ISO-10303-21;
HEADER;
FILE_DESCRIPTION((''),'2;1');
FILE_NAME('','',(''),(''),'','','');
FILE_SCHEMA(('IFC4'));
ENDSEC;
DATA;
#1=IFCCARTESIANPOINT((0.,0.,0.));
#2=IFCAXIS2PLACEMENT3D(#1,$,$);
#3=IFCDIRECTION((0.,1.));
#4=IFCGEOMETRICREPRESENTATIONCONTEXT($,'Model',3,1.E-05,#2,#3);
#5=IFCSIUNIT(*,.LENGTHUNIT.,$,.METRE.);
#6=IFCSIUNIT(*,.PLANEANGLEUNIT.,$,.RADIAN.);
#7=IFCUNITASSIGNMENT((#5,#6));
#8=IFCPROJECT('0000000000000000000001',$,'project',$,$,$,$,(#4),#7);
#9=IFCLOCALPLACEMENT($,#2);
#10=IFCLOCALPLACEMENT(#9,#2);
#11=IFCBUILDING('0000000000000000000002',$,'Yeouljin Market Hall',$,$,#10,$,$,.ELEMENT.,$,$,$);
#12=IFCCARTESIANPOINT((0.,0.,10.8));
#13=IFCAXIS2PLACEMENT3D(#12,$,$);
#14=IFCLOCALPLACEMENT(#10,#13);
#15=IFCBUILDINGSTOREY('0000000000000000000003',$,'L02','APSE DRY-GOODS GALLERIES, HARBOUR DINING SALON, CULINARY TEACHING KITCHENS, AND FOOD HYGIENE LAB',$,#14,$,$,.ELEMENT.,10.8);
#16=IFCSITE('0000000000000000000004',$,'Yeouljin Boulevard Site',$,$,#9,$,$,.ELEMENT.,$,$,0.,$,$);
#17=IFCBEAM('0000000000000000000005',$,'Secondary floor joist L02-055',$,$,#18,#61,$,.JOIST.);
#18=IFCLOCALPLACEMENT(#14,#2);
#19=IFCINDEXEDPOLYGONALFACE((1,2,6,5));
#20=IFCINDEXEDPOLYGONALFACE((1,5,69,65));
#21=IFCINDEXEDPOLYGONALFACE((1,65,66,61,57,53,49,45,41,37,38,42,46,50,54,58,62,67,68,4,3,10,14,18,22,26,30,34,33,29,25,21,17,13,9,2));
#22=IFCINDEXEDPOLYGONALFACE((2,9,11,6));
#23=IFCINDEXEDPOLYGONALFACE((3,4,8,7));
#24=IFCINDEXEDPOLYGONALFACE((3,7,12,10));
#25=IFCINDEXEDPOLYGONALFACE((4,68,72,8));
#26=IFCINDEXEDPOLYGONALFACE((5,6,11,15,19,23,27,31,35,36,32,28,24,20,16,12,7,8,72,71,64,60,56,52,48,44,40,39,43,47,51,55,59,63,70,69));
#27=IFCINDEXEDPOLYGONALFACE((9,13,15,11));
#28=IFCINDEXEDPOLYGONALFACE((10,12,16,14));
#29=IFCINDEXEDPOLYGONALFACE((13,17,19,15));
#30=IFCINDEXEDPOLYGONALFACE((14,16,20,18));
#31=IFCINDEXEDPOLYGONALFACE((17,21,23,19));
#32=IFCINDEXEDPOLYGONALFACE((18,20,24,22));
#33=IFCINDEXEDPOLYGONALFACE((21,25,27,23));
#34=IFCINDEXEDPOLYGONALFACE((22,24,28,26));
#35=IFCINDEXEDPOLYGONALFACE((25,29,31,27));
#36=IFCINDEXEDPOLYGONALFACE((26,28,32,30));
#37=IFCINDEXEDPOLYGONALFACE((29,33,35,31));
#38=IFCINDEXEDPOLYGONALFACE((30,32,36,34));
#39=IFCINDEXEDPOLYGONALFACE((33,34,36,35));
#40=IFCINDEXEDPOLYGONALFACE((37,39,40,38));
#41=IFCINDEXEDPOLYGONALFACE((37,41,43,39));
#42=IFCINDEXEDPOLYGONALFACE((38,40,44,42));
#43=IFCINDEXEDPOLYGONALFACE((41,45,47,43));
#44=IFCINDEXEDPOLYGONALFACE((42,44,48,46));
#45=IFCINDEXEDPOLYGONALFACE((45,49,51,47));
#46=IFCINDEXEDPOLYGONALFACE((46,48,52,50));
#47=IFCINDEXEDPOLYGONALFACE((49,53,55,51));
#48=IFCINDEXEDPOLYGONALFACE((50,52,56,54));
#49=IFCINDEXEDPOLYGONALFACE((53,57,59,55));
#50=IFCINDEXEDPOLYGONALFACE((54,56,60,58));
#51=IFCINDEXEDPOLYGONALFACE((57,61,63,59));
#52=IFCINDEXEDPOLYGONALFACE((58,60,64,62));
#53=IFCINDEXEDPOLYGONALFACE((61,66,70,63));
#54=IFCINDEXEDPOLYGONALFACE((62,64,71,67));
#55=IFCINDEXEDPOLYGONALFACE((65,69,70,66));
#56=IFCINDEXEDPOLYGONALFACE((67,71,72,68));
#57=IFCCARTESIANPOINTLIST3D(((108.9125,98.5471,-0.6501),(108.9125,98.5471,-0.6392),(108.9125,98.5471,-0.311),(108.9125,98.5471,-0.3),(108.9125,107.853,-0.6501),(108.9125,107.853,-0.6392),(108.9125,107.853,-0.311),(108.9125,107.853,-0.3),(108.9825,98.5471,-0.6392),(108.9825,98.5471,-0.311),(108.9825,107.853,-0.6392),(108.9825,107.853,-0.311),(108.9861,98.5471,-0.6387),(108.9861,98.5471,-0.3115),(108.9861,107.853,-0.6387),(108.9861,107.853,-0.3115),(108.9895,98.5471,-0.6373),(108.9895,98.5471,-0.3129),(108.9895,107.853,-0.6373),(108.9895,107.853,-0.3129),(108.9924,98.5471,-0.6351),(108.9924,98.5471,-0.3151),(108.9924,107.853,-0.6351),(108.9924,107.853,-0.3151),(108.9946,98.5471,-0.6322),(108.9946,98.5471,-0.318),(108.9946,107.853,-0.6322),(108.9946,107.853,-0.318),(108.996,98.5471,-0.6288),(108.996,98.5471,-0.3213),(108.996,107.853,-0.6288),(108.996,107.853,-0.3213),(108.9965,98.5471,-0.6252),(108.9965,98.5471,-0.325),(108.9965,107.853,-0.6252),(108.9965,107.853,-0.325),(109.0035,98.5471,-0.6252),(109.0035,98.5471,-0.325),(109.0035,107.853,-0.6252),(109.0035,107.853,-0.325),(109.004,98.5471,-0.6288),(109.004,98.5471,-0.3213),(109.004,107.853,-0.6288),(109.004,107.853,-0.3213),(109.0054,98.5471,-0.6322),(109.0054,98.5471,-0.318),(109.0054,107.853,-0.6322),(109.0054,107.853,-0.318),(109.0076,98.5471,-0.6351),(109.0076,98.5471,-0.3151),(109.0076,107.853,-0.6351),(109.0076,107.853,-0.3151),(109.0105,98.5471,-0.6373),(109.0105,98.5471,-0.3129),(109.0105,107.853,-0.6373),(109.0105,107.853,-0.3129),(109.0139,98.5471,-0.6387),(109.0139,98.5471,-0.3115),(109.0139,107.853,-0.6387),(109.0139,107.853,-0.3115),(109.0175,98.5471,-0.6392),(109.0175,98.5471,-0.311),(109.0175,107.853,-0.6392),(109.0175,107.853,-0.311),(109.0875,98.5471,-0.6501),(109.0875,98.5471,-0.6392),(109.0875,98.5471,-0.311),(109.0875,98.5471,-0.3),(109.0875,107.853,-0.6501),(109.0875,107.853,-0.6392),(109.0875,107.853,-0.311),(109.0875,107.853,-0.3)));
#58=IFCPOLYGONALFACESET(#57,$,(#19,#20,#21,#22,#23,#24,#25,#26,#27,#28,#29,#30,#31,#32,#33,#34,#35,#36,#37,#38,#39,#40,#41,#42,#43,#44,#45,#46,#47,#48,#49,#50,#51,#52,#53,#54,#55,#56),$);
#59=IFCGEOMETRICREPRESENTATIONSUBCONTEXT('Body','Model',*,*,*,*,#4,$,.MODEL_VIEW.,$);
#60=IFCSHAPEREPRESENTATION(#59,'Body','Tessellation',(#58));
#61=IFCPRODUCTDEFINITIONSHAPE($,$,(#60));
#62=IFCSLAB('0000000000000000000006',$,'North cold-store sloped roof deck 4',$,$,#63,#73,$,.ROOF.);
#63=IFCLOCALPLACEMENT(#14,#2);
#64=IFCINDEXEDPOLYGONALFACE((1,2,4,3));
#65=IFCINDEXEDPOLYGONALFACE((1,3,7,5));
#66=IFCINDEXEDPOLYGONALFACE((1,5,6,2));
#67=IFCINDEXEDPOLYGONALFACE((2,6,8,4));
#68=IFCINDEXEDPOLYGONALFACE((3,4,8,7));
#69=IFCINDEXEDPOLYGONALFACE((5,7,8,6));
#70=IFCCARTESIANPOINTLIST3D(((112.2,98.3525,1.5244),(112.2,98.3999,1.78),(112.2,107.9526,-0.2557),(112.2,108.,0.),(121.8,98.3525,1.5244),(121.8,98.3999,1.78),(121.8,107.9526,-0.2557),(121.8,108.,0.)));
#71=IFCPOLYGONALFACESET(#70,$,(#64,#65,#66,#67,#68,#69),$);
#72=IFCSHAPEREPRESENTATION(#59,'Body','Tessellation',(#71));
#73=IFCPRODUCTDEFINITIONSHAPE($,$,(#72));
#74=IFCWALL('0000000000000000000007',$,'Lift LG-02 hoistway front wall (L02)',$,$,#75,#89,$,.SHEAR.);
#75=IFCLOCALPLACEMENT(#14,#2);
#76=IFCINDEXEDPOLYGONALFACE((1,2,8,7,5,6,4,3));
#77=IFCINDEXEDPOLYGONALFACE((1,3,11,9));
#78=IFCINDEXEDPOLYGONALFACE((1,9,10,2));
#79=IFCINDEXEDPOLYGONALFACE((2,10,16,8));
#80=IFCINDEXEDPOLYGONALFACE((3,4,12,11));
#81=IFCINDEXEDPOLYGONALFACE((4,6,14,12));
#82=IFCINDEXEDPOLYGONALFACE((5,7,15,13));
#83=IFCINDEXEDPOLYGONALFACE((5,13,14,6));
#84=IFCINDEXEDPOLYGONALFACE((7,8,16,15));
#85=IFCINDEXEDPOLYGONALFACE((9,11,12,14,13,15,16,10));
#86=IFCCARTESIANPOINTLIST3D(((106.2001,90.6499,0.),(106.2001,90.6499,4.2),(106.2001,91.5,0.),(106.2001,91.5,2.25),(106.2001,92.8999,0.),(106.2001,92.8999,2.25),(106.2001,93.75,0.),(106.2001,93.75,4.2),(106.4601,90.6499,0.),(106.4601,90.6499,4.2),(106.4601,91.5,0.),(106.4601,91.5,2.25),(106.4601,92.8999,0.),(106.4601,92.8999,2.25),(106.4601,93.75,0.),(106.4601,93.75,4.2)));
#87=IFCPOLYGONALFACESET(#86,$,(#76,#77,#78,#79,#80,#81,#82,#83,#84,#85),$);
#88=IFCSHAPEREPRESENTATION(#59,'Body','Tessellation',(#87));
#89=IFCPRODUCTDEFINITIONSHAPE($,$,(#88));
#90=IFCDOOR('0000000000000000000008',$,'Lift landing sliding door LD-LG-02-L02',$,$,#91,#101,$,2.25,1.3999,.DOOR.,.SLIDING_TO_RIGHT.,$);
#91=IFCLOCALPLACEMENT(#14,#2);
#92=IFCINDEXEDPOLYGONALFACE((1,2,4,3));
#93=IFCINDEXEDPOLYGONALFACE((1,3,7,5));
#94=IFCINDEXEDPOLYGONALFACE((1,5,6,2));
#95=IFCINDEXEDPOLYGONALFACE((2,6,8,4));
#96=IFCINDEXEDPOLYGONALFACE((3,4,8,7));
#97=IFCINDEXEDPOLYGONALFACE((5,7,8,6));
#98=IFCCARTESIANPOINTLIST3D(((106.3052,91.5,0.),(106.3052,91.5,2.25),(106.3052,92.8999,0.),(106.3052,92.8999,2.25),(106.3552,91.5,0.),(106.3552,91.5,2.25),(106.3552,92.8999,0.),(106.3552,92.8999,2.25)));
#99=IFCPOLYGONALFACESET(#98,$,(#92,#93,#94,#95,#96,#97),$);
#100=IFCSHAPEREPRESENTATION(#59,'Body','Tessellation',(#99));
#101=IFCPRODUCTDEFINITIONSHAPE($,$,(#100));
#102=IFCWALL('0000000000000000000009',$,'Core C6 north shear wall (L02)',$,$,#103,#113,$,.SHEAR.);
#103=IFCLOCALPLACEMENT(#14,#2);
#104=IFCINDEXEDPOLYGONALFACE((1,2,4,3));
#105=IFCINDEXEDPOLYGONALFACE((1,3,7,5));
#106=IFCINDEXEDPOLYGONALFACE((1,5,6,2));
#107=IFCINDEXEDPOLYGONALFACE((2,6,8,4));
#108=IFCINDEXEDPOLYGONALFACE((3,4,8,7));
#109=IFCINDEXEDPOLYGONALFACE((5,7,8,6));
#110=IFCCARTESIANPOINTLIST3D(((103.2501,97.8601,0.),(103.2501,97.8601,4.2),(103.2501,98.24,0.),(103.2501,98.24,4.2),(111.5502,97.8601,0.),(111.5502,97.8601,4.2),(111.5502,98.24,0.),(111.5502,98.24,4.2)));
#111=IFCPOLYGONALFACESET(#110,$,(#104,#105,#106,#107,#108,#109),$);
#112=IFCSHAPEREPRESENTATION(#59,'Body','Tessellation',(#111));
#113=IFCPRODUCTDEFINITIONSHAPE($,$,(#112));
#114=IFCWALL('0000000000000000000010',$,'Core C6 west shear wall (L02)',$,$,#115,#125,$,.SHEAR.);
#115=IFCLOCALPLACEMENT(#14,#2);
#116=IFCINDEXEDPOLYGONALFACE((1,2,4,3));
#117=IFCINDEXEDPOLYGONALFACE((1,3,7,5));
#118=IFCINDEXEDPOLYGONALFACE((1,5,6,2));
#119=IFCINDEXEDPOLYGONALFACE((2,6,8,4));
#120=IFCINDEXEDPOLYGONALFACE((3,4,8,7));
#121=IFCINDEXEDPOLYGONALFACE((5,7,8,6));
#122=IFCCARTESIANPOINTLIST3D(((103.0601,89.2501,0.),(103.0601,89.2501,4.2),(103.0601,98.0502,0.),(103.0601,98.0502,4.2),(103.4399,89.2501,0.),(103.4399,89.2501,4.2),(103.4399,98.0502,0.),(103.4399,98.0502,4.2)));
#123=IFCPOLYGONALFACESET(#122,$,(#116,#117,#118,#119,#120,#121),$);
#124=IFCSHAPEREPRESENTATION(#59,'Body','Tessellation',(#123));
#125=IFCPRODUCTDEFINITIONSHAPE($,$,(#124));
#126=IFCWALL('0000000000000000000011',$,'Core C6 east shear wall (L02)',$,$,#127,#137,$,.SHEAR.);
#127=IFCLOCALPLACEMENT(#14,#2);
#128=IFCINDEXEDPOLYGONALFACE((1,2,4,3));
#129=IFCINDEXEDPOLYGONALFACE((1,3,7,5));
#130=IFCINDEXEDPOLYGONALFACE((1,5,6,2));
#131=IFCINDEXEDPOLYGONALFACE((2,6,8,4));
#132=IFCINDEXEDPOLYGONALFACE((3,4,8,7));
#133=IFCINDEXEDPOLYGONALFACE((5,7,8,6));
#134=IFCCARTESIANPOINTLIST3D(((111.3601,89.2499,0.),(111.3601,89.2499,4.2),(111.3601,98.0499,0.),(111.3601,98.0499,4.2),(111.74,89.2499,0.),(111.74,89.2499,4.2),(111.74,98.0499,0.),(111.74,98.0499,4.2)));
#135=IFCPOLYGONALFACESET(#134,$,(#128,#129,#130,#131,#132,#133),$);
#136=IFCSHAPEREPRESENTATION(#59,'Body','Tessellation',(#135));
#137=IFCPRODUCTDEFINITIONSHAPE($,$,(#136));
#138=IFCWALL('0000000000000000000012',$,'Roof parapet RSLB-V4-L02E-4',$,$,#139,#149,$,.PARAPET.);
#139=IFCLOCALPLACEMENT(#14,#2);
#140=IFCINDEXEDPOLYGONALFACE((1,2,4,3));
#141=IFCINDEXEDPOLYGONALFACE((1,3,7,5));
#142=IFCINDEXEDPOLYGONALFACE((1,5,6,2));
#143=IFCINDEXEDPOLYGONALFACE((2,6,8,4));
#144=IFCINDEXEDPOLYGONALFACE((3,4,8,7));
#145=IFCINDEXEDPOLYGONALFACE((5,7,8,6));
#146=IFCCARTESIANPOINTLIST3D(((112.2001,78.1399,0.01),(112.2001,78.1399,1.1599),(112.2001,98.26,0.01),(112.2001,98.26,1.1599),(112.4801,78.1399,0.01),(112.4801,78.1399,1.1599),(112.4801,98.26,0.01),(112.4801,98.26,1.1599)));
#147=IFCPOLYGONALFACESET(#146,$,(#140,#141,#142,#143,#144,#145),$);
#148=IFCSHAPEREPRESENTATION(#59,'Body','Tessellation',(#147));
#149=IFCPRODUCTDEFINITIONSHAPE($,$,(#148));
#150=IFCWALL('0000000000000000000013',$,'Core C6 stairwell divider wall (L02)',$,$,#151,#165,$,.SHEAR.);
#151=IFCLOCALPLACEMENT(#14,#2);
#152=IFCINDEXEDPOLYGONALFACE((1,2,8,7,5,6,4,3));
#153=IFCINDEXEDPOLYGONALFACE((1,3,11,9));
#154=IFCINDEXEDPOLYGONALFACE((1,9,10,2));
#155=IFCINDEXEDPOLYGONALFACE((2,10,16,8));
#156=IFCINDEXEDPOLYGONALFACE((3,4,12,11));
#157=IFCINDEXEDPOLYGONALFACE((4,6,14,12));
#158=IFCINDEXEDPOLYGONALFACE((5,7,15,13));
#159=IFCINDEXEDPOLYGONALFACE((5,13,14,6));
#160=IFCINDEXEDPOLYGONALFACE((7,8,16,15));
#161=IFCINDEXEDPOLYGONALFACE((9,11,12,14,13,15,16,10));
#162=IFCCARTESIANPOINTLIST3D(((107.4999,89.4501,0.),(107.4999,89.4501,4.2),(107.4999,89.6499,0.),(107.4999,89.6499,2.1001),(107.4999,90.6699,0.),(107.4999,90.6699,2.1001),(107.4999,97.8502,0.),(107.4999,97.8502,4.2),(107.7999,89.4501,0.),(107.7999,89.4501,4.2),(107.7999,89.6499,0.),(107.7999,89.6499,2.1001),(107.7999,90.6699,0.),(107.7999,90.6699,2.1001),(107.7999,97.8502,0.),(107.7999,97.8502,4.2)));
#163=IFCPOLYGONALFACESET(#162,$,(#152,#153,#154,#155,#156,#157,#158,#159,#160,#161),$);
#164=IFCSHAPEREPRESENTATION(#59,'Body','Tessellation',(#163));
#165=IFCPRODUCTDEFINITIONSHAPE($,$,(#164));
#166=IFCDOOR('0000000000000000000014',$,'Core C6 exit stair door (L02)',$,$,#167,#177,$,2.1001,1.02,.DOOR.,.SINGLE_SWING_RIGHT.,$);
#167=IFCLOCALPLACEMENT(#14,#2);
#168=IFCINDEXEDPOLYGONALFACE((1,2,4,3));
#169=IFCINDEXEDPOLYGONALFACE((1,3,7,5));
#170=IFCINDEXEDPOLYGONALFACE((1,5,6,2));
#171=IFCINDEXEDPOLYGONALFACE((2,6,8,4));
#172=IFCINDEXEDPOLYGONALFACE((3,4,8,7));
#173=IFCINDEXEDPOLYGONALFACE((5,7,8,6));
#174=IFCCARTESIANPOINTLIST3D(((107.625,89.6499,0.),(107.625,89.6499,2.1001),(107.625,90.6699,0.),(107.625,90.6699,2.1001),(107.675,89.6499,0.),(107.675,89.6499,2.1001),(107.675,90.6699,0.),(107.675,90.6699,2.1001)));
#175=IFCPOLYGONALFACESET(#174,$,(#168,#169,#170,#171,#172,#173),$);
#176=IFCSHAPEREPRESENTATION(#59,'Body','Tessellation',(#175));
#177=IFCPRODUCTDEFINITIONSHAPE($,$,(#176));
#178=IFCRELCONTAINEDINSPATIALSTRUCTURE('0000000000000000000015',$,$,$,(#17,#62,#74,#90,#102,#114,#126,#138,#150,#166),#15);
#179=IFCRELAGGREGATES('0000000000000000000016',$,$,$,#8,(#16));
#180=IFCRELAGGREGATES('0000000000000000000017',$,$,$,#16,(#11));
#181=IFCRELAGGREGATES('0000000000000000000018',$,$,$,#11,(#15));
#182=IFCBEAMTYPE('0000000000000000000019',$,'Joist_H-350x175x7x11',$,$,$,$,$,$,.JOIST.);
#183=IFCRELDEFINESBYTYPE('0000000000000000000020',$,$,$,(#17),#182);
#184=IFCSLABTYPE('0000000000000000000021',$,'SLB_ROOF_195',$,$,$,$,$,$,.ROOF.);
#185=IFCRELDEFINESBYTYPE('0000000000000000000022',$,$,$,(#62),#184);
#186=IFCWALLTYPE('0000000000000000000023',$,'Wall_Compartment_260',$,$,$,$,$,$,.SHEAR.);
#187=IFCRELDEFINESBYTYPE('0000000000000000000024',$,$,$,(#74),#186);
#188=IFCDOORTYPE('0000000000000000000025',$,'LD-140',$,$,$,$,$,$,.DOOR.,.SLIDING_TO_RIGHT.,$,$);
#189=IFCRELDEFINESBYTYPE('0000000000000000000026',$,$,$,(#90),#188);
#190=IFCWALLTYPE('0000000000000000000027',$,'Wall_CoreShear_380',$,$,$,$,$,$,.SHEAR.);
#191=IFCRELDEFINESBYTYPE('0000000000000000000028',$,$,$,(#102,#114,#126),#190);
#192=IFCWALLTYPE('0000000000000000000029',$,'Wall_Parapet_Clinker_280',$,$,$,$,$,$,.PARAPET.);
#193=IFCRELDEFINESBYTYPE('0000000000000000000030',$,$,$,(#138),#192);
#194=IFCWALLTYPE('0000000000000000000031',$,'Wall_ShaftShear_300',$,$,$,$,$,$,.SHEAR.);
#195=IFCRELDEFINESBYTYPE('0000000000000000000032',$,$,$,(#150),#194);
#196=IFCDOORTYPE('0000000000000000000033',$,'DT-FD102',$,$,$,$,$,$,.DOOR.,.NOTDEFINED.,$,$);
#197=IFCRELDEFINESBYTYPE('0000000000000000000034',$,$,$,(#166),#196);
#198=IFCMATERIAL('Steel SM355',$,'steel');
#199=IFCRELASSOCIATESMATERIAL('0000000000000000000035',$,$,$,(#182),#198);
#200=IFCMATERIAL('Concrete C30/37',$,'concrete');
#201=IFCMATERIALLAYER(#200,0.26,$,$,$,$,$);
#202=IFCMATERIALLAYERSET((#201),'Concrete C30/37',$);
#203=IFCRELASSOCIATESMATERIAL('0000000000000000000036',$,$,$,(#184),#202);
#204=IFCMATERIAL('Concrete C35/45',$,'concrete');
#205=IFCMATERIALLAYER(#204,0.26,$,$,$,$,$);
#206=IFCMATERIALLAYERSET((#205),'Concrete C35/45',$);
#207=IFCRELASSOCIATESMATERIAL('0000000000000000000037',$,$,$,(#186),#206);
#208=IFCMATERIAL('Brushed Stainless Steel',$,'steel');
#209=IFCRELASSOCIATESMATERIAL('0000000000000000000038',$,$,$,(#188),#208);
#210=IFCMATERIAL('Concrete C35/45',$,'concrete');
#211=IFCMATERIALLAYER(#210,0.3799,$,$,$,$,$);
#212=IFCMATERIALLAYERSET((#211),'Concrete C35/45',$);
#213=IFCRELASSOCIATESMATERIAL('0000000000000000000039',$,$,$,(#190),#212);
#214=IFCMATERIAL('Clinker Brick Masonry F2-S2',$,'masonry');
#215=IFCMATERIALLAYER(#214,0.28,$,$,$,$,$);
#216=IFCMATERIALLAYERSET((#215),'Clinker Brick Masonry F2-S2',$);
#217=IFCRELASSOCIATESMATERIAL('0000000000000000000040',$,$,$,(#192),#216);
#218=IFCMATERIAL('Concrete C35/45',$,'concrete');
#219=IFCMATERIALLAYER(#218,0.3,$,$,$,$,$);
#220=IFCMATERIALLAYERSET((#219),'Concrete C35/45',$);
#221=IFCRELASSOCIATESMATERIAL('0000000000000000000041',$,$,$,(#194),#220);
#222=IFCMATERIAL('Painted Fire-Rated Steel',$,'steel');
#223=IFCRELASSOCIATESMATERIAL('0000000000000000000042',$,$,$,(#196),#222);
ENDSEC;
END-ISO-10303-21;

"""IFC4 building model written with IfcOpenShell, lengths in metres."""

from ifc_helpers import new_model, si_unit, direction, frame, frame_2d, origin, origin_2d, place, context, subcontext, project, spatial, polyline, rectangle, i_section, outline, extrude, material, layer, layer_set, material_profile, profile_set, type_object, element, fill, save


model = new_model("IFC4")

# Units and contexts
model_context = context("Model", 3, precision=1e-05, world=origin(), true_north=direction((0.0, 1.0)))
body_context = subcontext(model_context, "Body", "Model", "MODEL_VIEW")
ifc_project = project(units=[si_unit("LENGTHUNIT", "METRE"), si_unit("PLANEANGLEUNIT", "RADIAN")], contexts=[model_context])

# Site, building, storey
site_placement = place(None, origin())
site = spatial("IfcSite", under=ifc_project, at=site_placement, Name="Yeouljin Boulevard Site", CompositionType="ELEMENT", RefElevation=0.0)
building_placement = place(site_placement, origin())
building = spatial("IfcBuilding", under=site, at=building_placement, Name="Yeouljin Market Hall", CompositionType="ELEMENT")
storey_placement = place(building_placement, frame((0.0, 0.0, 10.8)))
storey = spatial("IfcBuildingStorey", under=building, at=storey_placement, Name="L02", Description="APSE DRY-GOODS GALLERIES, HARBOUR DINING SALON, CULINARY TEACHING KITCHENS, AND FOOD HYGIENE LAB", CompositionType="ELEMENT", Elevation=10.8)

# Beam
ifc_material_1 = material(Name="Steel SM355", Category="steel")
ifc_material_profile_1 = material_profile(ifc_material_1, i_section(OverallWidth=0.175, OverallDepth=0.3501, WebThickness=0.0071, FlangeThickness=0.011, FilletRadius=0.0139, at=origin_2d()), Name="H-350x175x7x11")
ifc_profile_set_1 = profile_set([ifc_material_profile_1], Name="Steel SM355")
beam_type_1 = type_object("IfcBeamType", Name="Joist_H-350x175x7x11", PredefinedType="JOIST", material=ifc_profile_set_1)
for number, where, z_axis, x_axis, name in (
    (1, (109.0, 98.5471, -0.4751), (0.0, 1.0, 0.0), (-1.0, 0.0, 0.0), "Secondary floor joist L02-055"),
):
    element("IfcBeam", number, at=place(storey_placement, frame(where, z_axis=z_axis, x_axis=x_axis)), inside=storey, type_object=beam_type_1, Name=name, PredefinedType="JOIST", context=body_context, shape_type="SweptSolid", body=[
        extrude(i_section(OverallWidth=0.175, OverallDepth=0.3501, WebThickness=0.0071, FlangeThickness=0.011, FilletRadius=0.0139, at=origin_2d()), origin(), (0.0, 0.0, 1.0), 9.3059),
    ])

# Slab
ifc_material_2 = material(Name="Concrete C30/37", Category="concrete")
ifc_layer_1 = layer(ifc_material_2, 0.26)
ifc_layer_set_1 = layer_set([ifc_layer_1], Name="Concrete C30/37")
slab_type = type_object("IfcSlabType", Name="SLB_ROOF_195", PredefinedType="ROOF", material=ifc_layer_set_1)
slab_placement = place(storey_placement, frame((112.2, 98.3999, 1.78), z_axis=(0.0, 0.18231, 0.983241), x_axis=(0.0, 0.983241, -0.18231)))
element("IfcSlab", 2, at=slab_placement, inside=storey, type_object=slab_type, Name="North cold-store sloped roof deck 4", PredefinedType="ROOF", context=body_context, shape_type="SweptSolid", body=[
    extrude(outline(polyline([(0.0, 0.0), (9.7637, 0.0), (9.7637, -9.6001), (0.0, -9.6001), (0.0, 0.0)])), origin(), (0.0, 0.0, -1.0), 0.26),
])

# Wall, opening, door
ifc_material_3 = material(Name="Concrete C35/45", Category="concrete")
ifc_layer_2 = layer(ifc_material_3, 0.26)
ifc_layer_set_2 = layer_set([ifc_layer_2], Name="Concrete C35/45")
wall_type_1 = type_object("IfcWallType", Name="Wall_Compartment_260", PredefinedType="SHEAR", material=ifc_layer_set_2)
wall_1_placement = place(storey_placement, frame((106.3301, 90.6499, 0.0), z_axis=(0.0, 0.0, 1.0), x_axis=(0.0, 1.0, 0.0)))
wall_1 = element("IfcWall", 3, at=wall_1_placement, inside=storey, type_object=wall_type_1, Name="Lift LG-02 hoistway front wall (L02)", PredefinedType="SHEAR", context=body_context, shape_type="SweptSolid", body=[
    extrude(rectangle(XDim=3.1001, YDim=0.26, at=frame_2d((1.55, 0.0))), origin(), (0.0, 0.0, 1.0), 4.2),
])
opening_1_placement = place(wall_1_placement, frame((0.8501, 0.0, 0.0)))
opening_1 = element("IfcOpeningElement", 4, at=opening_1_placement, cuts=wall_1, PredefinedType="OPENING", context=body_context, shape_type="SweptSolid", body=[
    extrude(rectangle(XDim=1.3999, YDim=2.25, at=frame_2d((0.7, 1.125))), frame((0.0, 0.1399, 0.0), z_axis=(0.0, -1.0, 0.0), x_axis=(1.0, 0.0, 0.0)), (0.0, 0.0, 1.0), 0.28),
])
ifc_material_4 = material(Name="Brushed Stainless Steel", Category="steel")
door_type_1 = type_object("IfcDoorType", Name="LD-140", OperationType="SLIDING_TO_RIGHT", PredefinedType="DOOR", material=ifc_material_4)
door_1_placement = place(opening_1_placement, origin())
door_1 = element("IfcDoor", 5, at=door_1_placement, inside=storey, type_object=door_type_1, Name="Lift landing sliding door LD-LG-02-L02", OperationType="SLIDING_TO_RIGHT", OverallHeight=2.25, OverallWidth=1.3999, PredefinedType="DOOR", context=body_context, shape_type="SweptSolid", body=[
    extrude(rectangle(XDim=1.3999, YDim=2.25, at=frame_2d((0.7, 1.125))), frame((0.0, 0.0249, 0.0), z_axis=(0.0, -1.0, 0.0), x_axis=(1.0, 0.0, 0.0)), (0.0, 0.0, 1.0), 0.05),
])
fill(opening_1, door_1)

# Walls
ifc_material_5 = material(Name="Concrete C35/45", Category="concrete")
ifc_layer_3 = layer(ifc_material_5, 0.3799)
ifc_layer_set_3 = layer_set([ifc_layer_3], Name="Concrete C35/45")
wall_type_2 = type_object("IfcWallType", Name="Wall_CoreShear_380", PredefinedType="SHEAR", material=ifc_layer_set_3)
wall_2_placement = place(storey_placement, frame((111.55, 98.05, 0.0), z_axis=(0.0, 0.0, 1.0), x_axis=(-1.0, 0.0, 0.0)))
element("IfcWall", 6, at=wall_2_placement, inside=storey, type_object=wall_type_2, Name="Core C6 north shear wall (L02)", PredefinedType="SHEAR", context=body_context, shape_type="SweptSolid", body=[
    extrude(rectangle(XDim=8.3, YDim=0.3799, at=frame_2d((4.1499, 0.0))), origin(), (0.0, 0.0, 1.0), 4.2),
])
for number, where, z_axis, x_axis, name in (
    (7, (103.25, 98.05, 0.0), (0.0, 0.0, 1.0), (0.0, -1.0, 0.0), "Core C6 west shear wall (L02)"),
    (8, (111.55, 89.25, 0.0), (0.0, 0.0, 1.0), (0.0, 1.0, 0.0), "Core C6 east shear wall (L02)"),
):
    element("IfcWall", number, at=place(storey_placement, frame(where, z_axis=z_axis, x_axis=x_axis)), inside=storey, type_object=wall_type_2, Name=name, PredefinedType="SHEAR", context=body_context, shape_type="SweptSolid", body=[
        extrude(rectangle(XDim=8.8, YDim=0.3799, at=frame_2d((4.3999, 0.0))), origin(), (0.0, 0.0, 1.0), 4.2),
    ])
ifc_material_6 = material(Name="Clinker Brick Masonry F2-S2", Category="masonry")
ifc_layer_4 = layer(ifc_material_6, 0.28)
ifc_layer_set_4 = layer_set([ifc_layer_4], Name="Clinker Brick Masonry F2-S2")
wall_type_3 = type_object("IfcWallType", Name="Wall_Parapet_Clinker_280", PredefinedType="PARAPET", material=ifc_layer_set_4)
wall_3_placement = place(storey_placement, frame((112.3401, 98.26, 0.01), z_axis=(0.0, 0.0, 1.0), x_axis=(0.0, -1.0, 0.0)))
element("IfcWall", 9, at=wall_3_placement, inside=storey, type_object=wall_type_3, Name="Roof parapet RSLB-V4-L02E-4", PredefinedType="PARAPET", context=body_context, shape_type="SweptSolid", body=[
    extrude(rectangle(XDim=20.1201, YDim=0.28, at=frame_2d((10.0601, 0.0))), origin(), (0.0, 0.0, 1.0), 1.1499),
])

# Wall, opening, door
ifc_material_7 = material(Name="Concrete C35/45", Category="concrete")
ifc_layer_5 = layer(ifc_material_7, 0.3)
ifc_layer_set_5 = layer_set([ifc_layer_5], Name="Concrete C35/45")
wall_type_4 = type_object("IfcWallType", Name="Wall_ShaftShear_300", PredefinedType="SHEAR", material=ifc_layer_set_5)
wall_4_placement = place(storey_placement, frame((107.6499, 89.45, 0.0), z_axis=(0.0, 0.0, 1.0), x_axis=(0.0, 1.0, 0.0)))
wall_4 = element("IfcWall", 10, at=wall_4_placement, inside=storey, type_object=wall_type_4, Name="Core C6 stairwell divider wall (L02)", PredefinedType="SHEAR", context=body_context, shape_type="SweptSolid", body=[
    extrude(rectangle(XDim=8.4001, YDim=0.3, at=frame_2d((4.2002, 0.0))), origin(), (0.0, 0.0, 1.0), 4.2),
])
opening_2_placement = place(wall_4_placement, frame((0.2, 0.0, 0.0)))
opening_2 = element("IfcOpeningElement", 11, at=opening_2_placement, cuts=wall_4, PredefinedType="OPENING", context=body_context, shape_type="SweptSolid", body=[
    extrude(rectangle(XDim=1.02, YDim=2.1001, at=frame_2d((0.51, 1.05))), frame((0.0, 0.1599, 0.0), z_axis=(0.0, -1.0, 0.0), x_axis=(1.0, 0.0, 0.0)), (0.0, 0.0, 1.0), 0.3201),
])
ifc_material_8 = material(Name="Painted Fire-Rated Steel", Category="steel")
door_type_2 = type_object("IfcDoorType", Name="DT-FD102", OperationType="NOTDEFINED", PredefinedType="DOOR", material=ifc_material_8)
door_2_placement = place(opening_2_placement, origin())
door_2 = element("IfcDoor", 12, at=door_2_placement, inside=storey, type_object=door_type_2, Name="Core C6 exit stair door (L02)", OperationType="SINGLE_SWING_RIGHT", OverallHeight=2.1001, OverallWidth=1.02, PredefinedType="DOOR", context=body_context, shape_type="SweptSolid", body=[
    extrude(rectangle(XDim=1.02, YDim=2.1001, at=frame_2d((0.51, 1.05))), frame((0.0, 0.0249, 0.0), z_axis=(0.0, -1.0, 0.0), x_axis=(1.0, 0.0, 0.0)), (0.0, 0.0, 1.0), 0.05),
])
fill(opening_2, door_2)

save(model, "model.ifc")
